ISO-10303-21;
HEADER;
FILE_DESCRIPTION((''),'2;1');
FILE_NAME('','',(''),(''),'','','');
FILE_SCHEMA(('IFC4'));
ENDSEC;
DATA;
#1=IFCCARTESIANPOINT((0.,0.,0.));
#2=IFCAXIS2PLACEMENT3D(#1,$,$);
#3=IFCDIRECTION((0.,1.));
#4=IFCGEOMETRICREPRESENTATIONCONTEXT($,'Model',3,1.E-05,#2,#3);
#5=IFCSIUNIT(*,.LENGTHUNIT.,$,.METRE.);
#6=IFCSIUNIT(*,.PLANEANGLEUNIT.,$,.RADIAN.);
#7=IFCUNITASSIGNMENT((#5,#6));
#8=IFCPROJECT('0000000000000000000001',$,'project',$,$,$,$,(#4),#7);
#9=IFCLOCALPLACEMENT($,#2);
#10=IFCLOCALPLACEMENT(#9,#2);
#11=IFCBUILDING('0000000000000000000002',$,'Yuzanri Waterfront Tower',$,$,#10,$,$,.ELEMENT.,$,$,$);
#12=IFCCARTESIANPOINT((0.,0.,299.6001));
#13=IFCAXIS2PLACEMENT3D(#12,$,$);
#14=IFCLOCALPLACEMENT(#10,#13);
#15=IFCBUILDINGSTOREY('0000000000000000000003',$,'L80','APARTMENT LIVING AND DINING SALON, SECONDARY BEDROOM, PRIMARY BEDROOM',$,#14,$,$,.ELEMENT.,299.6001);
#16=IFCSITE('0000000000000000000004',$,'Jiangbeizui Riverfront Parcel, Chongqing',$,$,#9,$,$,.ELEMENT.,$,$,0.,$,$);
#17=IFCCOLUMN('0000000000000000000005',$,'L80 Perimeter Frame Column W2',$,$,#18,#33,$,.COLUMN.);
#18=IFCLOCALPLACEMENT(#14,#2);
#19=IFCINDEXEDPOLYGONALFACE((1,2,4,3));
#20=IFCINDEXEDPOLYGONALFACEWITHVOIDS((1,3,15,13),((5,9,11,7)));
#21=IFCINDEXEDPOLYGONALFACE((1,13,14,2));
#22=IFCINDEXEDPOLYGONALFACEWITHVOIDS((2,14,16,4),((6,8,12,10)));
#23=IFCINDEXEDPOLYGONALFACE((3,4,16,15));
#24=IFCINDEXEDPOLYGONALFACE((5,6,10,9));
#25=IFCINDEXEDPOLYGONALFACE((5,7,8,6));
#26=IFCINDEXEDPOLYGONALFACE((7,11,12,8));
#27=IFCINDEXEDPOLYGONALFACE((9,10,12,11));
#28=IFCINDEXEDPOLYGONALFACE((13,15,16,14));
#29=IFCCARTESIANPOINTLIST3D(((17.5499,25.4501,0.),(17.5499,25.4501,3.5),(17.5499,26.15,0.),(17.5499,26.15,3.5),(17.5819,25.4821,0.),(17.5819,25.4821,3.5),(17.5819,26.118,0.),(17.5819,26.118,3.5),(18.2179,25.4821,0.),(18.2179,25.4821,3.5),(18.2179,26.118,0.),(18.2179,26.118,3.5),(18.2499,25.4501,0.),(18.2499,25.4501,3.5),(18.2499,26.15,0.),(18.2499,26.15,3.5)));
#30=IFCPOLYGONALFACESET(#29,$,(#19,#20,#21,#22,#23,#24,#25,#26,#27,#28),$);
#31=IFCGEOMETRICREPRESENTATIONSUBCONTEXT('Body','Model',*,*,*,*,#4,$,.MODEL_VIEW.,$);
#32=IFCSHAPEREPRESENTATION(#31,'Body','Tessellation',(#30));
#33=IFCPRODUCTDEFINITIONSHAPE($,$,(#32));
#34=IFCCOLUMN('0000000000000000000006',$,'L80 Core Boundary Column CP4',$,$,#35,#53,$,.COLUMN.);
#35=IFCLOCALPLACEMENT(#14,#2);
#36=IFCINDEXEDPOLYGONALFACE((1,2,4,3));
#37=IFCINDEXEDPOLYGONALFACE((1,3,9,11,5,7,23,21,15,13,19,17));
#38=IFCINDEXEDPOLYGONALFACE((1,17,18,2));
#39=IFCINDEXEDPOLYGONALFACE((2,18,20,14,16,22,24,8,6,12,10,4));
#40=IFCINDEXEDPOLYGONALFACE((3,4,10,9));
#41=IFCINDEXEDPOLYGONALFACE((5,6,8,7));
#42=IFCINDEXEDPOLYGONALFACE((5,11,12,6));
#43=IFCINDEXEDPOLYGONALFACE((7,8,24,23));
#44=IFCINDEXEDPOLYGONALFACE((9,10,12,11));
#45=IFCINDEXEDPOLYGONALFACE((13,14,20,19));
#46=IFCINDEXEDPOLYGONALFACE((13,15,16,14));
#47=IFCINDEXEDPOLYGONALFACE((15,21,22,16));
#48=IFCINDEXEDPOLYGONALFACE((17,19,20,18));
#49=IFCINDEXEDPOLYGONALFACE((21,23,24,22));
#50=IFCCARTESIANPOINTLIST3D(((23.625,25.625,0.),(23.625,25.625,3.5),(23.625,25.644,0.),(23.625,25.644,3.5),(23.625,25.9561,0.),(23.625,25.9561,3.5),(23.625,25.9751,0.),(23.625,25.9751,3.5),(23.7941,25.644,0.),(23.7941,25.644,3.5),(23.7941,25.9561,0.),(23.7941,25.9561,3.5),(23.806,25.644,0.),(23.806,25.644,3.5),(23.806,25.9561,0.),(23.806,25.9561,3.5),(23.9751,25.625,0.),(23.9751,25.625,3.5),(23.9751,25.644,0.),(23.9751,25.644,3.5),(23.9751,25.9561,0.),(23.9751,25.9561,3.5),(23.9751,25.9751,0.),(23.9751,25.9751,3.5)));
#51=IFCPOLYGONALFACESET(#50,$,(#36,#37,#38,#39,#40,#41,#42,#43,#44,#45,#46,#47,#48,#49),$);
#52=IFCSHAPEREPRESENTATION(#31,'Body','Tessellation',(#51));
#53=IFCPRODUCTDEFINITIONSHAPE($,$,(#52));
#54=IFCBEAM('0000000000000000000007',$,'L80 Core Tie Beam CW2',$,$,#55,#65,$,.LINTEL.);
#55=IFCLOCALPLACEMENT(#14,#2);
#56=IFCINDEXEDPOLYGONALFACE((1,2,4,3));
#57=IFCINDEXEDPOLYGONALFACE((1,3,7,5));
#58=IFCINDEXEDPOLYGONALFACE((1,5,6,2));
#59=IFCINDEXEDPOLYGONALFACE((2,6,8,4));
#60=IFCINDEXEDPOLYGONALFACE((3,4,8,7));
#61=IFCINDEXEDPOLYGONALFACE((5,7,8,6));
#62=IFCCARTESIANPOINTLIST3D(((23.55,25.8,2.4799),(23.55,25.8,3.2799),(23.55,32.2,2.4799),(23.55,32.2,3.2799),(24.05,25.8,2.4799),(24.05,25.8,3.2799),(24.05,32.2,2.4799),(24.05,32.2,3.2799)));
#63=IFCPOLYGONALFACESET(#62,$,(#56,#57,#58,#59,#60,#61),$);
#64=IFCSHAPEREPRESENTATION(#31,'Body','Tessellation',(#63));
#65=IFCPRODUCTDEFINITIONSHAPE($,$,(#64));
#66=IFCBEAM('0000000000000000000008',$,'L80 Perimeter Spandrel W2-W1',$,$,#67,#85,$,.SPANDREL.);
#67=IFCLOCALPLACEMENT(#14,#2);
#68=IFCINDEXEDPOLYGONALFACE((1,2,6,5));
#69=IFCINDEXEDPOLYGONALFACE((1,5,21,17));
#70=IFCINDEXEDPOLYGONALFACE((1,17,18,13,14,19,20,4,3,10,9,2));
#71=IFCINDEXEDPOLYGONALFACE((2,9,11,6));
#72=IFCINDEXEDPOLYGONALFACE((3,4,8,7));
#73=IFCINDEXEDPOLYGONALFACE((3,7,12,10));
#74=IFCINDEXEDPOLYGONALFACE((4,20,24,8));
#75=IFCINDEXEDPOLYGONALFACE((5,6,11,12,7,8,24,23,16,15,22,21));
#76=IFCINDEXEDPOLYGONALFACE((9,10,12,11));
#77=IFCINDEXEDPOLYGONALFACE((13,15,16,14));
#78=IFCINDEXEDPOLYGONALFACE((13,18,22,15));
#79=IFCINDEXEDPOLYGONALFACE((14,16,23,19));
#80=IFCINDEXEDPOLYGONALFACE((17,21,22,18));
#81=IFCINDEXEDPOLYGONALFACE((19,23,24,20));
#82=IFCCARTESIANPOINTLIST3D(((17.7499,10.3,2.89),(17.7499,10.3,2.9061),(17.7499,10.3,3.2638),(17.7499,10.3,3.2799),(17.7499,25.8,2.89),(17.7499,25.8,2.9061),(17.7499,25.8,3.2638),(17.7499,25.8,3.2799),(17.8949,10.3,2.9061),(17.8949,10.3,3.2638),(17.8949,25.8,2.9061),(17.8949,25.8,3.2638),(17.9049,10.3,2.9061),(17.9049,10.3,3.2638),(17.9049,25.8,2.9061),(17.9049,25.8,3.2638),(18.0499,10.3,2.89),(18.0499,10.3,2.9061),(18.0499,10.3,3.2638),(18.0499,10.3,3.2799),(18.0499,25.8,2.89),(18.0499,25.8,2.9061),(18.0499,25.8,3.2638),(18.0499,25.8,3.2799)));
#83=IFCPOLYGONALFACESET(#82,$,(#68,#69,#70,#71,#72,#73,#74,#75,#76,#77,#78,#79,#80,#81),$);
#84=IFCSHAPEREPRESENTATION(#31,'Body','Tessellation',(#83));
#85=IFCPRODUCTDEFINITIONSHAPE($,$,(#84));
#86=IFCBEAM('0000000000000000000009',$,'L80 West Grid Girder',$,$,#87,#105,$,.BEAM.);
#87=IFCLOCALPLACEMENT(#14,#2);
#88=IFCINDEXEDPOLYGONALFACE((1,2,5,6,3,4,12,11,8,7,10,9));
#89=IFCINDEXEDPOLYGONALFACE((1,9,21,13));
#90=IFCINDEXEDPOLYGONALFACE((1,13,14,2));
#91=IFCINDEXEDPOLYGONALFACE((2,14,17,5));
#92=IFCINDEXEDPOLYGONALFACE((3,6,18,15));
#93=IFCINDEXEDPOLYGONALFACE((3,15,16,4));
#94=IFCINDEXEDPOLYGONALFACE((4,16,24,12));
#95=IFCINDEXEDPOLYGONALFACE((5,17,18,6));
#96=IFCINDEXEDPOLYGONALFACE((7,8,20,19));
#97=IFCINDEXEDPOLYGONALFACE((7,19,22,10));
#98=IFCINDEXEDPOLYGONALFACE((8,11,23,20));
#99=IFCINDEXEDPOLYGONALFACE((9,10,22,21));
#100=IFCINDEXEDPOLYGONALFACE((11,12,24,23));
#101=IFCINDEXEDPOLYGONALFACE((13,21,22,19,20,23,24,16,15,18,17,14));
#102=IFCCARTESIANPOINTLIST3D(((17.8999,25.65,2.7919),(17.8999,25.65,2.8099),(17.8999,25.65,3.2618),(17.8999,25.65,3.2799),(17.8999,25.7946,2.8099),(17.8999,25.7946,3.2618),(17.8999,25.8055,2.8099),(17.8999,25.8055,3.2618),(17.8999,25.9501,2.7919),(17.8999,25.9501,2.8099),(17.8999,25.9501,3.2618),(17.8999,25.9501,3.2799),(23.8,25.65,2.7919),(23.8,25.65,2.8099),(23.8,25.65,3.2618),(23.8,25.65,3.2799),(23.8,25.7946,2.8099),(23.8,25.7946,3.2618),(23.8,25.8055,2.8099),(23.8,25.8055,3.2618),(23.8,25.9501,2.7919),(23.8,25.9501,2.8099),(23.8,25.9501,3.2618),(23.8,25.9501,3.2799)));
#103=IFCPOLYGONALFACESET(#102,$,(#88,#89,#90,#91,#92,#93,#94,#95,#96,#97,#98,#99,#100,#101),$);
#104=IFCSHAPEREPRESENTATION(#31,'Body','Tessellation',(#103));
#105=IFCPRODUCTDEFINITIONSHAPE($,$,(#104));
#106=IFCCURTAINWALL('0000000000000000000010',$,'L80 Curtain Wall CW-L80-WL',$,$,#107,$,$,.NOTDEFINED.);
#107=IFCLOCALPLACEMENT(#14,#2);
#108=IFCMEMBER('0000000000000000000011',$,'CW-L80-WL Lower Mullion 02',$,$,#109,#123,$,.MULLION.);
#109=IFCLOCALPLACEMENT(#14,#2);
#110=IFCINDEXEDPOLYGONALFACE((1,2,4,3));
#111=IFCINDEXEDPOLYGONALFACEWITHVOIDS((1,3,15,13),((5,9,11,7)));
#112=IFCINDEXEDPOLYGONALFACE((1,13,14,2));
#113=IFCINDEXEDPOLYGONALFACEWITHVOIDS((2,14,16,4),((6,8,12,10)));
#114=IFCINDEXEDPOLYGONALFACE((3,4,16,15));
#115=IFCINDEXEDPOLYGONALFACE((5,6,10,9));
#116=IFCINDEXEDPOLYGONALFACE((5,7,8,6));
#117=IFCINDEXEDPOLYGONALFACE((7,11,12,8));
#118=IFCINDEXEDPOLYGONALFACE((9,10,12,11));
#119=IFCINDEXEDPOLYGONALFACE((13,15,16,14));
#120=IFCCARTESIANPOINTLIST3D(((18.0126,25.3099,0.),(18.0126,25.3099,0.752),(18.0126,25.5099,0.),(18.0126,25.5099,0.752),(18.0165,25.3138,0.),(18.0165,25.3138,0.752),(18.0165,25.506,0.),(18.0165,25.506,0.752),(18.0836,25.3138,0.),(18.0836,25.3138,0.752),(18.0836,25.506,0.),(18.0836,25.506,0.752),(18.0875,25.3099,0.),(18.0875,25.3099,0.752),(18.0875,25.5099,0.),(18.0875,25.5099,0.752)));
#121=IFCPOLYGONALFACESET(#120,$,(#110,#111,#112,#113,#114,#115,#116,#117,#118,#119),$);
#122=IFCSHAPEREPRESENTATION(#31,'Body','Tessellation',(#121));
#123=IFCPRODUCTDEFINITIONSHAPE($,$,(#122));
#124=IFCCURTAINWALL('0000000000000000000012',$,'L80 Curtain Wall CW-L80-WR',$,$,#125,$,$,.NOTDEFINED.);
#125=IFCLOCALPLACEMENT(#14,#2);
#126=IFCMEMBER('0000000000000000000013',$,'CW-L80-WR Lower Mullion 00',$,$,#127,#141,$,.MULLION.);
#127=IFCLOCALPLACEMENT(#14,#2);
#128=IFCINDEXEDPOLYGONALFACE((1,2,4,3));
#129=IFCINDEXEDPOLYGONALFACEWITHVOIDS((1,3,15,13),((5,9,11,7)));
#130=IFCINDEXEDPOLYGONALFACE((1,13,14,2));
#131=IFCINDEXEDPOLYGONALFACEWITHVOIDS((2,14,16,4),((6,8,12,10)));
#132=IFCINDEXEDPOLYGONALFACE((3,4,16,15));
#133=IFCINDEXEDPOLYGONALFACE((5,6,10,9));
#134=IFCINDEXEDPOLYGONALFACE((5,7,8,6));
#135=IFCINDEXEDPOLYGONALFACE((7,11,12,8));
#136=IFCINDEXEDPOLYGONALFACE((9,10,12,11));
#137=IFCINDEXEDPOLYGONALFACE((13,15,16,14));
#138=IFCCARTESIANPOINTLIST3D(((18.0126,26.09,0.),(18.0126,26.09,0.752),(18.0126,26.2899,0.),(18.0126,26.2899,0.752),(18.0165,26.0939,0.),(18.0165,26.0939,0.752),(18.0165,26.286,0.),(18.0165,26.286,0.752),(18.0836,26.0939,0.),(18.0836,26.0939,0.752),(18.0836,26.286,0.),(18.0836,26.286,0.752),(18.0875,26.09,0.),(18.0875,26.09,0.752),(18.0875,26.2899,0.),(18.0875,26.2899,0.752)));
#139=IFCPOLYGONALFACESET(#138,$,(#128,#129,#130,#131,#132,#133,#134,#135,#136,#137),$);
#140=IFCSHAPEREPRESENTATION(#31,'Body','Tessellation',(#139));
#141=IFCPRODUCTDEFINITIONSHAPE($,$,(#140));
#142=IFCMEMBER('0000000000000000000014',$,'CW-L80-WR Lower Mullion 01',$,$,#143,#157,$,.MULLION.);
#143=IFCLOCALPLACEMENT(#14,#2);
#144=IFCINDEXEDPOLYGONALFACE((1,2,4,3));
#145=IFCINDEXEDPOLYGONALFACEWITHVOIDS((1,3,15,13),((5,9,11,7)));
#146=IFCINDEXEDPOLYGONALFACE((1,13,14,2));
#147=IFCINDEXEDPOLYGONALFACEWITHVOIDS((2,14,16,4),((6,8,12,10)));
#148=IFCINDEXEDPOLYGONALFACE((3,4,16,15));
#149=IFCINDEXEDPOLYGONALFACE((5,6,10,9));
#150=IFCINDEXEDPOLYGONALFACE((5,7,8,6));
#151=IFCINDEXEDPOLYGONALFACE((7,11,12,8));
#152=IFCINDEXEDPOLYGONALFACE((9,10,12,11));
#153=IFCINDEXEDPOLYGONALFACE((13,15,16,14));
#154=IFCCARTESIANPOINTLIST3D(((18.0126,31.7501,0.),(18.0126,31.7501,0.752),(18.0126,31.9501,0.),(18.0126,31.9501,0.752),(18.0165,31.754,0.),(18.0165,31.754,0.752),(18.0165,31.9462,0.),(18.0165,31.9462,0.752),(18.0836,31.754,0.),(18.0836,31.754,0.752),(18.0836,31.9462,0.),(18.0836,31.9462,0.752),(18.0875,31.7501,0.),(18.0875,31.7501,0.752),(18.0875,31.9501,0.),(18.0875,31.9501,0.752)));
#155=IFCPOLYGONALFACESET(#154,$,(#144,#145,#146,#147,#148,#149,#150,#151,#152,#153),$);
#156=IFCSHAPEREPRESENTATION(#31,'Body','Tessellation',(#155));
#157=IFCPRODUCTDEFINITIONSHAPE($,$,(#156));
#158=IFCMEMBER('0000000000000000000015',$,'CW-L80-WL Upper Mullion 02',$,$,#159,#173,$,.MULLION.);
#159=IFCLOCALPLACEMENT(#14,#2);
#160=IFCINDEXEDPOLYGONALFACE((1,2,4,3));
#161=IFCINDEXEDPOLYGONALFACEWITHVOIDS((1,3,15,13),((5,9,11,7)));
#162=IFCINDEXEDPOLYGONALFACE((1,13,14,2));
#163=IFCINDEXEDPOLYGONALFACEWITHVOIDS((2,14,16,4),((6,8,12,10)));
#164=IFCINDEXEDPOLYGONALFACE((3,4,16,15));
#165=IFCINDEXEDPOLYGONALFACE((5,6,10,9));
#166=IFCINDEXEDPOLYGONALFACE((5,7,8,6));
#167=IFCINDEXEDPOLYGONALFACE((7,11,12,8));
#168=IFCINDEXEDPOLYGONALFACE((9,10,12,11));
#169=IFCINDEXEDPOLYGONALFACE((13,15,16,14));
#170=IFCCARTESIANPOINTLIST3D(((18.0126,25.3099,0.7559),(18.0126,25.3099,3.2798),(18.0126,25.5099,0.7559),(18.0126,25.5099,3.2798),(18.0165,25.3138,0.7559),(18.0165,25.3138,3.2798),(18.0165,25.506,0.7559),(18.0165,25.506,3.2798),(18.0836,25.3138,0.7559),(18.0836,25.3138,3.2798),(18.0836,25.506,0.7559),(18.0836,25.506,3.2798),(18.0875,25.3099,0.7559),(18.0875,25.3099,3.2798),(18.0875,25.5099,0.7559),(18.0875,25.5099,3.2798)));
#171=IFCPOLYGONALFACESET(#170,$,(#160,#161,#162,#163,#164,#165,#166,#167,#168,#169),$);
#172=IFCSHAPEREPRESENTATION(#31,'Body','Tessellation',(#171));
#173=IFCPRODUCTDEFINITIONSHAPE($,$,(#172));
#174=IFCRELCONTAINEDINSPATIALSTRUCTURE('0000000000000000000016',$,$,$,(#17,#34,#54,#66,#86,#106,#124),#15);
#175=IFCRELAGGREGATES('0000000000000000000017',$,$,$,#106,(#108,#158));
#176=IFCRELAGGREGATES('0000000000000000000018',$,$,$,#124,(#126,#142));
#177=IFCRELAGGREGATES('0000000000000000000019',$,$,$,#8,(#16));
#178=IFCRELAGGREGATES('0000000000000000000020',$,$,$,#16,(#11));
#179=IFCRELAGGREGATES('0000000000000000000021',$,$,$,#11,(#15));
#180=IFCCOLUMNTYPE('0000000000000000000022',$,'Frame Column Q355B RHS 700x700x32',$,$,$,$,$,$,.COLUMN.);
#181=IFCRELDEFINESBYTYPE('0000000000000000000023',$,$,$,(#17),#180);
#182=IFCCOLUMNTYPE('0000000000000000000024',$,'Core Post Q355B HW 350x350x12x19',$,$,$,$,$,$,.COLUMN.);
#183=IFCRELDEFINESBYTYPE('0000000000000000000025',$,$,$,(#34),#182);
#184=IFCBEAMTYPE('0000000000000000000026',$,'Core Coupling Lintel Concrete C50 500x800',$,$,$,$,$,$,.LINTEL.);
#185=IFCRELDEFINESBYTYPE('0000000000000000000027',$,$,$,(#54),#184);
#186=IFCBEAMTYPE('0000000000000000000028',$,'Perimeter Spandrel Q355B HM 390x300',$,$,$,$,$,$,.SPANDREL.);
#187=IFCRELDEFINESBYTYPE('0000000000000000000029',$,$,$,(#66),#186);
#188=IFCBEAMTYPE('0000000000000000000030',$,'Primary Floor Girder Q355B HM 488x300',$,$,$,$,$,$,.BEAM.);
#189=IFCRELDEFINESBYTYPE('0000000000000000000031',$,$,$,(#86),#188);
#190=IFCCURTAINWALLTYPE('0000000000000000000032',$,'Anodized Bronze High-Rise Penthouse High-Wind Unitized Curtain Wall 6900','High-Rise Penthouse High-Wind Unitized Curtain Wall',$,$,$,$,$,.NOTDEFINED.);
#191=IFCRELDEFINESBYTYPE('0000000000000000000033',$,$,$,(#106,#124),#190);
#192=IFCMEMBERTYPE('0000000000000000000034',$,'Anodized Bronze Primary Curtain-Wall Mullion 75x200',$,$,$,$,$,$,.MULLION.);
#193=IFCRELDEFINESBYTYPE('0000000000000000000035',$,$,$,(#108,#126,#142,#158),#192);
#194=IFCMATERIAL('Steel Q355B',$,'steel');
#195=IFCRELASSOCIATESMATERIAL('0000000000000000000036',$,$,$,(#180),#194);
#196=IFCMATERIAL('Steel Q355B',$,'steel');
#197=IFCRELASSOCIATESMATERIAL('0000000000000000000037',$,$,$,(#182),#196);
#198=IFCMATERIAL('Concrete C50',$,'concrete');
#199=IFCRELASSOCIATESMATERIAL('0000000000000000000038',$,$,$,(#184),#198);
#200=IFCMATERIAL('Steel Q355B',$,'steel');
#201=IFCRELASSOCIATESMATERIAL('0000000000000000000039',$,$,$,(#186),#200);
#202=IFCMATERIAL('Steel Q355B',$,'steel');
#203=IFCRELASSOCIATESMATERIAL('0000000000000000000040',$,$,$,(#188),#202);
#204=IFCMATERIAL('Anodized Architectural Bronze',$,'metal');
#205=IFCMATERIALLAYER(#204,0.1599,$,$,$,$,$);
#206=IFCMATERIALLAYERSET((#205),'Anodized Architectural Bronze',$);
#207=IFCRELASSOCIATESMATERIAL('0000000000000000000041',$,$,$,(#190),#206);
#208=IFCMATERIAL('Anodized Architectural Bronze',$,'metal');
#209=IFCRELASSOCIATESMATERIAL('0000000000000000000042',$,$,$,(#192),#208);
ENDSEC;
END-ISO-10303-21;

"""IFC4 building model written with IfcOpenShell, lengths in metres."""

from ifc_helpers import new_model, si_unit, direction, frame, origin, origin_2d, place, context, subcontext, project, spatial, rectangle, hollow_rectangle, i_section, extrude, source, transform, mapped, material, layer, layer_set, material_profile, profile_set, type_object, element, aggregate, save


model = new_model("IFC4")

# Units and contexts
model_context = context("Model", 3, precision=1e-05, world=origin(), true_north=direction((0.0, 1.0)))
body_context = subcontext(model_context, "Body", "Model", "MODEL_VIEW")
ifc_project = project(units=[si_unit("LENGTHUNIT", "METRE"), si_unit("PLANEANGLEUNIT", "RADIAN")], contexts=[model_context])

# Site, building, storey
site_placement = place(None, origin())
site = spatial("IfcSite", under=ifc_project, at=site_placement, Name="Jiangbeizui Riverfront Parcel, Chongqing", CompositionType="ELEMENT", RefElevation=0.0)
building_placement = place(site_placement, origin())
building = spatial("IfcBuilding", under=site, at=building_placement, Name="Yuzanri Waterfront Tower", CompositionType="ELEMENT")
storey_placement = place(building_placement, frame((0.0, 0.0, 299.6001)))
storey = spatial("IfcBuildingStorey", under=building, at=storey_placement, Name="L80", Description="APARTMENT LIVING AND DINING SALON, SECONDARY BEDROOM, PRIMARY BEDROOM", CompositionType="ELEMENT", Elevation=299.6001)

# Columns
ifc_material_1 = material(Name="Steel Q355B", Category="steel")
ifc_material_profile_1 = material_profile(ifc_material_1, hollow_rectangle(XDim=0.7, YDim=0.7, WallThickness=0.032, at=origin_2d()), Name="RHS 700x700x32")
ifc_profile_set_1 = profile_set([ifc_material_profile_1], Name="Steel Q355B")
column_type_1 = type_object("IfcColumnType", Name="Frame Column Q355B RHS 700x700x32", PredefinedType="COLUMN", material=ifc_profile_set_1)
shared_shape_1 = source(origin(), body_context, "Body", "SweptSolid", [
    extrude(hollow_rectangle(XDim=0.7, YDim=0.7, WallThickness=0.032, at=origin_2d()), origin(), (0.0, 0.0, 1.0), 3.5),
])
column_1_placement = place(storey_placement, frame((17.8999, 25.8, 0.0), z_axis=(0.0, 0.0, 1.0), x_axis=(1.0, 0.0, 0.0)))
element("IfcColumn", 1, at=column_1_placement, inside=storey, type_object=column_type_1, Name="L80 Perimeter Frame Column W2", PredefinedType="COLUMN", context=body_context, shape_type="MappedRepresentation", body=[
    mapped(shared_shape_1, transform((0.0, 0.0, 0.0), scale=1.0)),
])
ifc_material_2 = material(Name="Steel Q355B", Category="steel")
ifc_material_profile_2 = material_profile(ifc_material_2, i_section(OverallWidth=0.3501, OverallDepth=0.3501, WebThickness=0.012, FlangeThickness=0.019, at=origin_2d()), Name="HW 350x350x12x19")
ifc_profile_set_2 = profile_set([ifc_material_profile_2], Name="Steel Q355B")
column_type_2 = type_object("IfcColumnType", Name="Core Post Q355B HW 350x350x12x19", PredefinedType="COLUMN", material=ifc_profile_set_2)
shared_shape_2 = source(origin(), body_context, "Body", "SweptSolid", [
    extrude(i_section(OverallWidth=0.3501, OverallDepth=0.3501, WebThickness=0.012, FlangeThickness=0.019, at=origin_2d()), origin(), (0.0, 0.0, 1.0), 3.5),
])
column_2_placement = place(storey_placement, frame((23.8, 25.8, 0.0), z_axis=(0.0, 0.0, 1.0), x_axis=(1.0, 0.0, 0.0)))
element("IfcColumn", 2, at=column_2_placement, inside=storey, type_object=column_type_2, Name="L80 Core Boundary Column CP4", PredefinedType="COLUMN", context=body_context, shape_type="MappedRepresentation", body=[
    mapped(shared_shape_2, transform((0.0, 0.0, 0.0), scale=1.0)),
])

# Beams
ifc_material_3 = material(Name="Concrete C50", Category="concrete")
ifc_material_profile_3 = material_profile(ifc_material_3, rectangle(XDim=0.5, YDim=0.8, at=origin_2d()), Name="RC 500x800")
ifc_profile_set_3 = profile_set([ifc_material_profile_3], Name="Concrete C50")
beam_type_1 = type_object("IfcBeamType", Name="Core Coupling Lintel Concrete C50 500x800", PredefinedType="LINTEL", material=ifc_profile_set_3)
shared_shape_3 = source(origin(), body_context, "Body", "SweptSolid", [
    extrude(rectangle(XDim=0.5, YDim=0.8, at=origin_2d()), origin(), (0.0, 0.0, 1.0), 6.3999),
])
beam_1_placement = place(storey_placement, frame((23.8, 25.8, 2.8799), z_axis=(0.0, 1.0, 0.0), x_axis=(-1.0, 0.0, 0.0)))
element("IfcBeam", 3, at=beam_1_placement, inside=storey, type_object=beam_type_1, Name="L80 Core Tie Beam CW2", PredefinedType="LINTEL", context=body_context, shape_type="MappedRepresentation", body=[
    mapped(shared_shape_3, transform((0.0, 0.0, 0.0), scale=1.0)),
])
ifc_material_4 = material(Name="Steel Q355B", Category="steel")
ifc_material_profile_4 = material_profile(ifc_material_4, i_section(OverallWidth=0.3, OverallDepth=0.3899, WebThickness=0.01, FlangeThickness=0.0161, at=origin_2d()), Name="HM 390x300x10x16")
ifc_profile_set_4 = profile_set([ifc_material_profile_4], Name="Steel Q355B")
beam_type_2 = type_object("IfcBeamType", Name="Perimeter Spandrel Q355B HM 390x300", PredefinedType="SPANDREL", material=ifc_profile_set_4)
shared_shape_4 = source(origin(), body_context, "Body", "SweptSolid", [
    extrude(i_section(OverallWidth=0.3, OverallDepth=0.3899, WebThickness=0.01, FlangeThickness=0.0161, at=origin_2d()), origin(), (0.0, 0.0, 1.0), 15.5),
])
beam_2_placement = place(storey_placement, frame((17.8999, 25.8, 3.085), z_axis=(0.0, -1.0, 0.0), x_axis=(1.0, 0.0, 0.0)))
element("IfcBeam", 4, at=beam_2_placement, inside=storey, type_object=beam_type_2, Name="L80 Perimeter Spandrel W2-W1", PredefinedType="SPANDREL", context=body_context, shape_type="MappedRepresentation", body=[
    mapped(shared_shape_4, transform((0.0, 0.0, 0.0), scale=1.0)),
])
ifc_material_5 = material(Name="Steel Q355B", Category="steel")
ifc_material_profile_5 = material_profile(ifc_material_5, i_section(OverallWidth=0.3, OverallDepth=0.488, WebThickness=0.011, FlangeThickness=0.0181, at=origin_2d()), Name="HM 488x300x11x18")
ifc_profile_set_5 = profile_set([ifc_material_profile_5], Name="Steel Q355B")
beam_type_3 = type_object("IfcBeamType", Name="Primary Floor Girder Q355B HM 488x300", PredefinedType="BEAM", material=ifc_profile_set_5)
shared_shape_5 = source(origin(), body_context, "Body", "SweptSolid", [
    extrude(i_section(OverallWidth=0.3, OverallDepth=0.488, WebThickness=0.011, FlangeThickness=0.0181, at=origin_2d()), origin(), (0.0, 0.0, 1.0), 5.9001),
])
beam_3_placement = place(storey_placement, frame((23.8, 25.8, 3.0359), z_axis=(-1.0, 0.0, 0.0), x_axis=(0.0, -1.0, 0.0)))
element("IfcBeam", 5, at=beam_3_placement, inside=storey, type_object=beam_type_3, Name="L80 West Grid Girder", PredefinedType="BEAM", context=body_context, shape_type="MappedRepresentation", body=[
    mapped(shared_shape_5, transform((0.0, 0.0, 0.0), scale=1.0)),
])

# Curtain wall, member
ifc_material_6 = material(Name="Anodized Architectural Bronze", Category="metal")
ifc_layer_1 = layer(ifc_material_6, 0.1599)
ifc_layer_set_1 = layer_set([ifc_layer_1], Name="Anodized Architectural Bronze")
curtain_wall_type = type_object("IfcCurtainWallType", Name="Anodized Bronze High-Rise Penthouse High-Wind Unitized Curtain Wall 6900", Description="High-Rise Penthouse High-Wind Unitized Curtain Wall", PredefinedType="NOTDEFINED", material=ifc_layer_set_1)
curtain_wall_1_placement = place(storey_placement, origin())
curtain_wall_1 = element("IfcCurtainWall", 6, at=curtain_wall_1_placement, inside=storey, type_object=curtain_wall_type, Name="L80 Curtain Wall CW-L80-WL", PredefinedType="NOTDEFINED")
ifc_material_7 = material(Name="Anodized Architectural Bronze", Category="metal")
ifc_material_profile_6 = material_profile(ifc_material_7, hollow_rectangle(XDim=0.075, YDim=0.2, WallThickness=0.0039, at=origin_2d()), Name="CWM 75x200")
ifc_profile_set_6 = profile_set([ifc_material_profile_6], Name="Anodized Architectural Bronze")
member_type_1 = type_object("IfcMemberType", Name="Anodized Bronze Primary Curtain-Wall Mullion 75x200", PredefinedType="MULLION", material=ifc_profile_set_6)
shared_shape_6 = source(origin(), body_context, "Body", "SweptSolid", [
    extrude(hollow_rectangle(XDim=0.075, YDim=0.2, WallThickness=0.0039, at=origin_2d()), origin(), (0.0, 0.0, 1.0), 0.752),
])
member_1_placement = place(storey_placement, frame((18.05, 25.4099, 0.0), z_axis=(0.0, 0.0, 1.0), x_axis=(1.0, 0.0, 0.0)))
member_1 = element("IfcMember", 7, at=member_1_placement, type_object=member_type_1, Name="CW-L80-WL Lower Mullion 02", PredefinedType="MULLION", context=body_context, shape_type="MappedRepresentation", body=[
    mapped(shared_shape_6, transform((0.0, 0.0, 0.0), scale=1.0)),
])

# Curtain wall, members
curtain_wall_2_placement = place(storey_placement, origin())
curtain_wall_2 = element("IfcCurtainWall", 8, at=curtain_wall_2_placement, inside=storey, type_object=curtain_wall_type, Name="L80 Curtain Wall CW-L80-WR", PredefinedType="NOTDEFINED")
member_2_placement = place(storey_placement, frame((18.05, 26.1899, 0.0), z_axis=(0.0, 0.0, 1.0), x_axis=(1.0, 0.0, 0.0)))
member_2 = element("IfcMember", 9, at=member_2_placement, type_object=member_type_1, Name="CW-L80-WR Lower Mullion 00", PredefinedType="MULLION", context=body_context, shape_type="MappedRepresentation", body=[
    mapped(shared_shape_6, transform((0.0, 0.0, 0.0), scale=1.0)),
])
member_3_placement = place(storey_placement, frame((18.05, 31.8501, 0.0), z_axis=(0.0, 0.0, 1.0), x_axis=(1.0, 0.0, 0.0)))
member_3 = element("IfcMember", 10, at=member_3_placement, type_object=member_type_1, Name="CW-L80-WR Lower Mullion 01", PredefinedType="MULLION", context=body_context, shape_type="MappedRepresentation", body=[
    mapped(shared_shape_6, transform((0.0, 0.0, 0.0), scale=1.0)),
])

# Member
shared_shape_7 = source(origin(), body_context, "Body", "SweptSolid", [
    extrude(hollow_rectangle(XDim=0.075, YDim=0.2, WallThickness=0.0039, at=origin_2d()), origin(), (0.0, 0.0, 1.0), 2.5239),
])
member_4_placement = place(storey_placement, frame((18.05, 25.4099, 0.7559), z_axis=(0.0, 0.0, 1.0), x_axis=(1.0, 0.0, 0.0)))
member_4 = element("IfcMember", 11, at=member_4_placement, type_object=member_type_1, Name="CW-L80-WL Upper Mullion 02", PredefinedType="MULLION", context=body_context, shape_type="MappedRepresentation", body=[
    mapped(shared_shape_7, transform((0.0, 0.0, 0.0), scale=1.0)),
])
aggregate(curtain_wall_1, [member_1, member_4])

aggregate(curtain_wall_2, [member_2, member_3])

save(model, "model.ifc")
